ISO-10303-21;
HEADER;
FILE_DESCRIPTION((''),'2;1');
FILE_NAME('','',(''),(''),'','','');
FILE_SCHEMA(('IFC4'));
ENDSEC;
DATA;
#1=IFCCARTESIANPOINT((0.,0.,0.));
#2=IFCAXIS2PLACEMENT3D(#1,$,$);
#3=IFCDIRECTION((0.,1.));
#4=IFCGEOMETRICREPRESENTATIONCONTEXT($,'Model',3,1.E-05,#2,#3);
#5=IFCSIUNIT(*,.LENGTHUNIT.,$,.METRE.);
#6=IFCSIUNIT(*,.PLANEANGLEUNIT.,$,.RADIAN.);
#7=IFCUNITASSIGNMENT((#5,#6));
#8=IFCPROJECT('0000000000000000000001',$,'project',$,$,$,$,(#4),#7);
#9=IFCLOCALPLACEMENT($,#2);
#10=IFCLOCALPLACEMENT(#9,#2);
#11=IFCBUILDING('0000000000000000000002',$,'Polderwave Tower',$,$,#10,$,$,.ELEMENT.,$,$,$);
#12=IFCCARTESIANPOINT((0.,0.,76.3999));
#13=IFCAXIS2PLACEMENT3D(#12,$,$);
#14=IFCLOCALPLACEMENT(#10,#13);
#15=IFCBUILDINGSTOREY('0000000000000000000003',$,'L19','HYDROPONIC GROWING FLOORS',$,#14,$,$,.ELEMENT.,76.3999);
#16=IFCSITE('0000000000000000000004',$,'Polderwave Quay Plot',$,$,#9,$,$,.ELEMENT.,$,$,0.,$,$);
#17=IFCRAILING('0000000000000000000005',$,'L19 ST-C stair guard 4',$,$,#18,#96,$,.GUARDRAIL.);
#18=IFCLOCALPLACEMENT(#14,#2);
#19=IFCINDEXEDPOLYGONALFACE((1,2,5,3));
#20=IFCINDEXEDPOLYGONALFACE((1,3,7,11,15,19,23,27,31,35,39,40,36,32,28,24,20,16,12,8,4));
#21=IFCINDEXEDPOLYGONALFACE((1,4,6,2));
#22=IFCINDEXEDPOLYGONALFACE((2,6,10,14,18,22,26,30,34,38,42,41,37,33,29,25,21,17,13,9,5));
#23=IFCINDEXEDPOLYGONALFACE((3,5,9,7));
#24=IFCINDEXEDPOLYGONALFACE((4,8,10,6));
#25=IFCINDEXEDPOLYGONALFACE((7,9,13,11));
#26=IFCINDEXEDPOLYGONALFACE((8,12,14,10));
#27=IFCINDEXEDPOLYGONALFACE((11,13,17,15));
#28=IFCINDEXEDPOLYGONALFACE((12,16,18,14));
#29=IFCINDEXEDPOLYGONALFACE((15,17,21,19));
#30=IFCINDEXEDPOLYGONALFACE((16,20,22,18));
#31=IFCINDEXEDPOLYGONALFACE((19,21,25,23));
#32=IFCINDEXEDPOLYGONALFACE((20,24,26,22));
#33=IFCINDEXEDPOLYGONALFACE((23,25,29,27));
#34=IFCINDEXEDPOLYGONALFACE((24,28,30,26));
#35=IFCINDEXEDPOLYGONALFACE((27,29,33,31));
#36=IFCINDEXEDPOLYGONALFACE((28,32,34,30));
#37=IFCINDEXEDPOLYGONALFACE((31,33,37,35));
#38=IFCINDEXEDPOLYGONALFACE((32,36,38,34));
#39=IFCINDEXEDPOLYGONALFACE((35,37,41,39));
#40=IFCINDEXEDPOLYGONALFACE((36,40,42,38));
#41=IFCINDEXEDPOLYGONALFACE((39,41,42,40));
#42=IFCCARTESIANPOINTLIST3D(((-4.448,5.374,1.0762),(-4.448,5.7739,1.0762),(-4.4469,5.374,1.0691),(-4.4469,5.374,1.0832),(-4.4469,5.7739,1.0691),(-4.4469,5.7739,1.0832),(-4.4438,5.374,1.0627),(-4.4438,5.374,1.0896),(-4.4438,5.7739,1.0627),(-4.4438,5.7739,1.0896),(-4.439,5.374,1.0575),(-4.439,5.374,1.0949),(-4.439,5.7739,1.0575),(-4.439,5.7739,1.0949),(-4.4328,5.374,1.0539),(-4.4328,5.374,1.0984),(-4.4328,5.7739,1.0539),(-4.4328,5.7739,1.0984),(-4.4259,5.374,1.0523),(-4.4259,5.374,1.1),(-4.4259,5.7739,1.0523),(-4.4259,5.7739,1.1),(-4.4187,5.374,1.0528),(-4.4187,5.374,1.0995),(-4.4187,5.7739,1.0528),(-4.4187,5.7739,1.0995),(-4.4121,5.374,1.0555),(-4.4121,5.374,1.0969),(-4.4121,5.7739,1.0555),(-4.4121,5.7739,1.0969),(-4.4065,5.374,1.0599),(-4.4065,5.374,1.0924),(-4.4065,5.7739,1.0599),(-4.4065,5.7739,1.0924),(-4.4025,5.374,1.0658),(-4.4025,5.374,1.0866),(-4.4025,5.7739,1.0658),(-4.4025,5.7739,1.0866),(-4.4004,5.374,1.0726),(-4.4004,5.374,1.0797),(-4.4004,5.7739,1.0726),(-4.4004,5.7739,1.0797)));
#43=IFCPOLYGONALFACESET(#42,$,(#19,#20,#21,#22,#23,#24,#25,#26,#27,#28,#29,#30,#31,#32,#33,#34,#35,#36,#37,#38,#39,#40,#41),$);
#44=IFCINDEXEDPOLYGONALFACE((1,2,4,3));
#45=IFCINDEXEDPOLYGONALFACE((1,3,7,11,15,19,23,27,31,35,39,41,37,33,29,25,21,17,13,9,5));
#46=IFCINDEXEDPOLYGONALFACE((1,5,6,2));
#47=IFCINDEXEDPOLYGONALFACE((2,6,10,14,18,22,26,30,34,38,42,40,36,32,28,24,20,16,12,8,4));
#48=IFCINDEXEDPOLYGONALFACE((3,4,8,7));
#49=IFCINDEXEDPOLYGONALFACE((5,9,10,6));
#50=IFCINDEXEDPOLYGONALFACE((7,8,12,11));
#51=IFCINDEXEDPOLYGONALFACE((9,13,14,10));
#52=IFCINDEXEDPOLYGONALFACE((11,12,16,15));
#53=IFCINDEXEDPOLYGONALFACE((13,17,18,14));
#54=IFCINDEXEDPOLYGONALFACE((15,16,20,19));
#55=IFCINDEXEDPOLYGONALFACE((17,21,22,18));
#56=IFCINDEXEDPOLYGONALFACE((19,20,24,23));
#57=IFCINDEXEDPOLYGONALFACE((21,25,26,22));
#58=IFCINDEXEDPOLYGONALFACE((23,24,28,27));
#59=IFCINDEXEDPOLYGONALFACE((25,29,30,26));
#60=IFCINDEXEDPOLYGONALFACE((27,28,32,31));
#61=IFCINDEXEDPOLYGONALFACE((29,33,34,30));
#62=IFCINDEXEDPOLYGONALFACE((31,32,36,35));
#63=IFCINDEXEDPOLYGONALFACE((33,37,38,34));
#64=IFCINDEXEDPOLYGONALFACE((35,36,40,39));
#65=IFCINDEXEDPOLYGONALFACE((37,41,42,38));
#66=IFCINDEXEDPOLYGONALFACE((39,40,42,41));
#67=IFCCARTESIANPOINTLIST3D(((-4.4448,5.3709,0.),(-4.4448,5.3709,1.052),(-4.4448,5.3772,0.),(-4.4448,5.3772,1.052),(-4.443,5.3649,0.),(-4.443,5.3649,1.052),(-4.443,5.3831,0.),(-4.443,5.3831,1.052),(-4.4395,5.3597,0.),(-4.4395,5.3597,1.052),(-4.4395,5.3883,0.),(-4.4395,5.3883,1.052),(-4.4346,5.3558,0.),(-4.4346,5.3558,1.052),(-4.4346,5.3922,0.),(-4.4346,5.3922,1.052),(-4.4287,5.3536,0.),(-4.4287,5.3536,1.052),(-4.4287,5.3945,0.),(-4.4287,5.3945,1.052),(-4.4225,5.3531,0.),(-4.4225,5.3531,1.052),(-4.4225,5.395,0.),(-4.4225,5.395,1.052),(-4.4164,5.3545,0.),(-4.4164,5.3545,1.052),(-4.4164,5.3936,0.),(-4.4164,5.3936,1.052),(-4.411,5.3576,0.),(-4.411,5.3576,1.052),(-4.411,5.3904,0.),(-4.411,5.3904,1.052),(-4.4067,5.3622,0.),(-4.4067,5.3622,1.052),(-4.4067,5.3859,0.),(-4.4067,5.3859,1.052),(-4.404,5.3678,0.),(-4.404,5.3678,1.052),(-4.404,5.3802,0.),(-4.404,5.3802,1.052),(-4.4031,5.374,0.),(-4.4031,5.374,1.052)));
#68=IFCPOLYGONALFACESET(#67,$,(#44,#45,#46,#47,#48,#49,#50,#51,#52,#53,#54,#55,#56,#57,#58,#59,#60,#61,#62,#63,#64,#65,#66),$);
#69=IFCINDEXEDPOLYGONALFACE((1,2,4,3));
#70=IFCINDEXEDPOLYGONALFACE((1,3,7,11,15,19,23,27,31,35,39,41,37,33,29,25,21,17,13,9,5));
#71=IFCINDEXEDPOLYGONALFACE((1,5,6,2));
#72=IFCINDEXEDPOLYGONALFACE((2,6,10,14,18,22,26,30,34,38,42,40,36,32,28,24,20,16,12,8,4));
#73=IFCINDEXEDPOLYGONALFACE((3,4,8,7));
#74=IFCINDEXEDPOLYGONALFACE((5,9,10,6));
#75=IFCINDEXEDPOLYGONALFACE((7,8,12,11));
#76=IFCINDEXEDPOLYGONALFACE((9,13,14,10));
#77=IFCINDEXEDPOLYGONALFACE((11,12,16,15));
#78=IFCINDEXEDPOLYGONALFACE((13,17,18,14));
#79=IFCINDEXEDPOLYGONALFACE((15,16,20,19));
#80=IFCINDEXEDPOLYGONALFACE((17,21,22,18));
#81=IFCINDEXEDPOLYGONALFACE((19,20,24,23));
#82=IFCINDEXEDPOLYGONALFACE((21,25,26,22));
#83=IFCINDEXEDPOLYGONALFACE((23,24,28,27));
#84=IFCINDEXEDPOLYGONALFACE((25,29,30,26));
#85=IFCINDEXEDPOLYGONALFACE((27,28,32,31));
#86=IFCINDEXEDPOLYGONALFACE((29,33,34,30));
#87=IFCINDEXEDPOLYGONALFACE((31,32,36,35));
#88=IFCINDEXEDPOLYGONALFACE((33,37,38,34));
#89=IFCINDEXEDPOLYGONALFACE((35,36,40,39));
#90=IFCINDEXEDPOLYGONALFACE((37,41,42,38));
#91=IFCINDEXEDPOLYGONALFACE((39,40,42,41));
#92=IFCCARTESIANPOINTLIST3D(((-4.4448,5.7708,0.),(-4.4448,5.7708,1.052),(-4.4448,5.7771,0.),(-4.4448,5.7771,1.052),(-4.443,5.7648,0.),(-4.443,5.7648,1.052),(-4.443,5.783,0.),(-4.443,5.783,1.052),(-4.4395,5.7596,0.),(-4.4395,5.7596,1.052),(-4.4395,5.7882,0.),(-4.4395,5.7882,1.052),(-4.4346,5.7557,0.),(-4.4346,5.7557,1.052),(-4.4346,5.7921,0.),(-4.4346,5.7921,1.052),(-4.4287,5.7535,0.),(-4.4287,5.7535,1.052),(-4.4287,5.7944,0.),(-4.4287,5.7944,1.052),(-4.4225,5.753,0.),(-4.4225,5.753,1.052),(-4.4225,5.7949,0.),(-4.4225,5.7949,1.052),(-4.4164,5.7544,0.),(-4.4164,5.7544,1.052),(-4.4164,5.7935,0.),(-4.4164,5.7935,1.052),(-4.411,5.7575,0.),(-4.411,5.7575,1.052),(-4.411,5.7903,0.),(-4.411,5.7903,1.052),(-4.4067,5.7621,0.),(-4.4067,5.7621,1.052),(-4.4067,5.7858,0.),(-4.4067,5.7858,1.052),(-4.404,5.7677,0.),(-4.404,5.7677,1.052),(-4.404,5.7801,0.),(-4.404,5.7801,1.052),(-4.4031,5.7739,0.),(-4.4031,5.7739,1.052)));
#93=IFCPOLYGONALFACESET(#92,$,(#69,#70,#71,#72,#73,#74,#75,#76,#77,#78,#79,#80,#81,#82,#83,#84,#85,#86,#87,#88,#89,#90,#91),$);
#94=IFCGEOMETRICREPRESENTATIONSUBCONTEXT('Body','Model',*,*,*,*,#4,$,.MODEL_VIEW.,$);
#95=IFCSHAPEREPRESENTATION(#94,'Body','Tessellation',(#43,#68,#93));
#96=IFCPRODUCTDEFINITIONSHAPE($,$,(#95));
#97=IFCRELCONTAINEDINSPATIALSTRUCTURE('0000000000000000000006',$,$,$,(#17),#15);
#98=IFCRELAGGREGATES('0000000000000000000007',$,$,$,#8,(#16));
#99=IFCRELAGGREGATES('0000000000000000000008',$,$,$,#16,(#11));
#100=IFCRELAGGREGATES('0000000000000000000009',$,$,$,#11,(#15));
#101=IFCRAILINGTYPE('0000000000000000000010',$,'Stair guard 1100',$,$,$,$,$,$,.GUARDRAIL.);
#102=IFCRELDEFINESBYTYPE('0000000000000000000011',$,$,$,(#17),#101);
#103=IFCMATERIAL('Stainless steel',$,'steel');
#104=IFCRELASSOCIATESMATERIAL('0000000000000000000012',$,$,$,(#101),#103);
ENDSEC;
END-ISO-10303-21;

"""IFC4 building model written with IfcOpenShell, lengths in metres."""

from ifc_helpers import new_model, si_unit, direction, frame, origin, origin_2d, place, context, subcontext, project, spatial, circle, extrude, material, type_object, element, save


model = new_model("IFC4")

# Units and contexts
model_context = context("Model", 3, precision=1e-05, world=origin(), true_north=direction((0.0, 1.0)))
body_context = subcontext(model_context, "Body", "Model", "MODEL_VIEW")
ifc_project = project(units=[si_unit("LENGTHUNIT", "METRE"), si_unit("PLANEANGLEUNIT", "RADIAN")], contexts=[model_context])

# Site, building, storey
site_placement = place(None, origin())
site = spatial("IfcSite", under=ifc_project, at=site_placement, Name="Polderwave Quay Plot", CompositionType="ELEMENT", RefElevation=0.0)
building_placement = place(site_placement, origin())
building = spatial("IfcBuilding", under=site, at=building_placement, Name="Polderwave Tower", CompositionType="ELEMENT")
storey_placement = place(building_placement, frame((0.0, 0.0, 76.3999)))
storey = spatial("IfcBuildingStorey", under=building, at=storey_placement, Name="L19", Description="HYDROPONIC GROWING FLOORS", CompositionType="ELEMENT", Elevation=76.3999)

# Railing
ifc_material_1 = material(Name="Stainless steel", Category="steel")
railing_type_1 = type_object("IfcRailingType", Name="Stair guard 1100", PredefinedType="GUARDRAIL", material=ifc_material_1)
railing_1_placement = place(storey_placement, frame((-4.4241, 5.374, 0.0)))
element("IfcRailing", 1, at=railing_1_placement, inside=storey, type_object=railing_type_1, Name="L19 ST-C stair guard 4", PredefinedType="GUARDRAIL", context=body_context, shape_type="SweptSolid", body=[
    extrude(circle(Radius=0.0239, at=origin_2d()), frame((0.0, 0.0, 1.0762), z_axis=(0.0, 1.0, 0.0), x_axis=(-1.0, 0.0, 0.0)), (0.0, 0.0, 1.0), 0.3999),
    extrude(circle(Radius=0.021, at=origin_2d()), origin(), (0.0, 0.0, 1.0), 1.052),
    extrude(circle(Radius=0.021, at=origin_2d()), frame((0.0, 0.3999, 0.0)), (0.0, 0.0, 1.0), 1.052),
])

save(model, "model.ifc")
